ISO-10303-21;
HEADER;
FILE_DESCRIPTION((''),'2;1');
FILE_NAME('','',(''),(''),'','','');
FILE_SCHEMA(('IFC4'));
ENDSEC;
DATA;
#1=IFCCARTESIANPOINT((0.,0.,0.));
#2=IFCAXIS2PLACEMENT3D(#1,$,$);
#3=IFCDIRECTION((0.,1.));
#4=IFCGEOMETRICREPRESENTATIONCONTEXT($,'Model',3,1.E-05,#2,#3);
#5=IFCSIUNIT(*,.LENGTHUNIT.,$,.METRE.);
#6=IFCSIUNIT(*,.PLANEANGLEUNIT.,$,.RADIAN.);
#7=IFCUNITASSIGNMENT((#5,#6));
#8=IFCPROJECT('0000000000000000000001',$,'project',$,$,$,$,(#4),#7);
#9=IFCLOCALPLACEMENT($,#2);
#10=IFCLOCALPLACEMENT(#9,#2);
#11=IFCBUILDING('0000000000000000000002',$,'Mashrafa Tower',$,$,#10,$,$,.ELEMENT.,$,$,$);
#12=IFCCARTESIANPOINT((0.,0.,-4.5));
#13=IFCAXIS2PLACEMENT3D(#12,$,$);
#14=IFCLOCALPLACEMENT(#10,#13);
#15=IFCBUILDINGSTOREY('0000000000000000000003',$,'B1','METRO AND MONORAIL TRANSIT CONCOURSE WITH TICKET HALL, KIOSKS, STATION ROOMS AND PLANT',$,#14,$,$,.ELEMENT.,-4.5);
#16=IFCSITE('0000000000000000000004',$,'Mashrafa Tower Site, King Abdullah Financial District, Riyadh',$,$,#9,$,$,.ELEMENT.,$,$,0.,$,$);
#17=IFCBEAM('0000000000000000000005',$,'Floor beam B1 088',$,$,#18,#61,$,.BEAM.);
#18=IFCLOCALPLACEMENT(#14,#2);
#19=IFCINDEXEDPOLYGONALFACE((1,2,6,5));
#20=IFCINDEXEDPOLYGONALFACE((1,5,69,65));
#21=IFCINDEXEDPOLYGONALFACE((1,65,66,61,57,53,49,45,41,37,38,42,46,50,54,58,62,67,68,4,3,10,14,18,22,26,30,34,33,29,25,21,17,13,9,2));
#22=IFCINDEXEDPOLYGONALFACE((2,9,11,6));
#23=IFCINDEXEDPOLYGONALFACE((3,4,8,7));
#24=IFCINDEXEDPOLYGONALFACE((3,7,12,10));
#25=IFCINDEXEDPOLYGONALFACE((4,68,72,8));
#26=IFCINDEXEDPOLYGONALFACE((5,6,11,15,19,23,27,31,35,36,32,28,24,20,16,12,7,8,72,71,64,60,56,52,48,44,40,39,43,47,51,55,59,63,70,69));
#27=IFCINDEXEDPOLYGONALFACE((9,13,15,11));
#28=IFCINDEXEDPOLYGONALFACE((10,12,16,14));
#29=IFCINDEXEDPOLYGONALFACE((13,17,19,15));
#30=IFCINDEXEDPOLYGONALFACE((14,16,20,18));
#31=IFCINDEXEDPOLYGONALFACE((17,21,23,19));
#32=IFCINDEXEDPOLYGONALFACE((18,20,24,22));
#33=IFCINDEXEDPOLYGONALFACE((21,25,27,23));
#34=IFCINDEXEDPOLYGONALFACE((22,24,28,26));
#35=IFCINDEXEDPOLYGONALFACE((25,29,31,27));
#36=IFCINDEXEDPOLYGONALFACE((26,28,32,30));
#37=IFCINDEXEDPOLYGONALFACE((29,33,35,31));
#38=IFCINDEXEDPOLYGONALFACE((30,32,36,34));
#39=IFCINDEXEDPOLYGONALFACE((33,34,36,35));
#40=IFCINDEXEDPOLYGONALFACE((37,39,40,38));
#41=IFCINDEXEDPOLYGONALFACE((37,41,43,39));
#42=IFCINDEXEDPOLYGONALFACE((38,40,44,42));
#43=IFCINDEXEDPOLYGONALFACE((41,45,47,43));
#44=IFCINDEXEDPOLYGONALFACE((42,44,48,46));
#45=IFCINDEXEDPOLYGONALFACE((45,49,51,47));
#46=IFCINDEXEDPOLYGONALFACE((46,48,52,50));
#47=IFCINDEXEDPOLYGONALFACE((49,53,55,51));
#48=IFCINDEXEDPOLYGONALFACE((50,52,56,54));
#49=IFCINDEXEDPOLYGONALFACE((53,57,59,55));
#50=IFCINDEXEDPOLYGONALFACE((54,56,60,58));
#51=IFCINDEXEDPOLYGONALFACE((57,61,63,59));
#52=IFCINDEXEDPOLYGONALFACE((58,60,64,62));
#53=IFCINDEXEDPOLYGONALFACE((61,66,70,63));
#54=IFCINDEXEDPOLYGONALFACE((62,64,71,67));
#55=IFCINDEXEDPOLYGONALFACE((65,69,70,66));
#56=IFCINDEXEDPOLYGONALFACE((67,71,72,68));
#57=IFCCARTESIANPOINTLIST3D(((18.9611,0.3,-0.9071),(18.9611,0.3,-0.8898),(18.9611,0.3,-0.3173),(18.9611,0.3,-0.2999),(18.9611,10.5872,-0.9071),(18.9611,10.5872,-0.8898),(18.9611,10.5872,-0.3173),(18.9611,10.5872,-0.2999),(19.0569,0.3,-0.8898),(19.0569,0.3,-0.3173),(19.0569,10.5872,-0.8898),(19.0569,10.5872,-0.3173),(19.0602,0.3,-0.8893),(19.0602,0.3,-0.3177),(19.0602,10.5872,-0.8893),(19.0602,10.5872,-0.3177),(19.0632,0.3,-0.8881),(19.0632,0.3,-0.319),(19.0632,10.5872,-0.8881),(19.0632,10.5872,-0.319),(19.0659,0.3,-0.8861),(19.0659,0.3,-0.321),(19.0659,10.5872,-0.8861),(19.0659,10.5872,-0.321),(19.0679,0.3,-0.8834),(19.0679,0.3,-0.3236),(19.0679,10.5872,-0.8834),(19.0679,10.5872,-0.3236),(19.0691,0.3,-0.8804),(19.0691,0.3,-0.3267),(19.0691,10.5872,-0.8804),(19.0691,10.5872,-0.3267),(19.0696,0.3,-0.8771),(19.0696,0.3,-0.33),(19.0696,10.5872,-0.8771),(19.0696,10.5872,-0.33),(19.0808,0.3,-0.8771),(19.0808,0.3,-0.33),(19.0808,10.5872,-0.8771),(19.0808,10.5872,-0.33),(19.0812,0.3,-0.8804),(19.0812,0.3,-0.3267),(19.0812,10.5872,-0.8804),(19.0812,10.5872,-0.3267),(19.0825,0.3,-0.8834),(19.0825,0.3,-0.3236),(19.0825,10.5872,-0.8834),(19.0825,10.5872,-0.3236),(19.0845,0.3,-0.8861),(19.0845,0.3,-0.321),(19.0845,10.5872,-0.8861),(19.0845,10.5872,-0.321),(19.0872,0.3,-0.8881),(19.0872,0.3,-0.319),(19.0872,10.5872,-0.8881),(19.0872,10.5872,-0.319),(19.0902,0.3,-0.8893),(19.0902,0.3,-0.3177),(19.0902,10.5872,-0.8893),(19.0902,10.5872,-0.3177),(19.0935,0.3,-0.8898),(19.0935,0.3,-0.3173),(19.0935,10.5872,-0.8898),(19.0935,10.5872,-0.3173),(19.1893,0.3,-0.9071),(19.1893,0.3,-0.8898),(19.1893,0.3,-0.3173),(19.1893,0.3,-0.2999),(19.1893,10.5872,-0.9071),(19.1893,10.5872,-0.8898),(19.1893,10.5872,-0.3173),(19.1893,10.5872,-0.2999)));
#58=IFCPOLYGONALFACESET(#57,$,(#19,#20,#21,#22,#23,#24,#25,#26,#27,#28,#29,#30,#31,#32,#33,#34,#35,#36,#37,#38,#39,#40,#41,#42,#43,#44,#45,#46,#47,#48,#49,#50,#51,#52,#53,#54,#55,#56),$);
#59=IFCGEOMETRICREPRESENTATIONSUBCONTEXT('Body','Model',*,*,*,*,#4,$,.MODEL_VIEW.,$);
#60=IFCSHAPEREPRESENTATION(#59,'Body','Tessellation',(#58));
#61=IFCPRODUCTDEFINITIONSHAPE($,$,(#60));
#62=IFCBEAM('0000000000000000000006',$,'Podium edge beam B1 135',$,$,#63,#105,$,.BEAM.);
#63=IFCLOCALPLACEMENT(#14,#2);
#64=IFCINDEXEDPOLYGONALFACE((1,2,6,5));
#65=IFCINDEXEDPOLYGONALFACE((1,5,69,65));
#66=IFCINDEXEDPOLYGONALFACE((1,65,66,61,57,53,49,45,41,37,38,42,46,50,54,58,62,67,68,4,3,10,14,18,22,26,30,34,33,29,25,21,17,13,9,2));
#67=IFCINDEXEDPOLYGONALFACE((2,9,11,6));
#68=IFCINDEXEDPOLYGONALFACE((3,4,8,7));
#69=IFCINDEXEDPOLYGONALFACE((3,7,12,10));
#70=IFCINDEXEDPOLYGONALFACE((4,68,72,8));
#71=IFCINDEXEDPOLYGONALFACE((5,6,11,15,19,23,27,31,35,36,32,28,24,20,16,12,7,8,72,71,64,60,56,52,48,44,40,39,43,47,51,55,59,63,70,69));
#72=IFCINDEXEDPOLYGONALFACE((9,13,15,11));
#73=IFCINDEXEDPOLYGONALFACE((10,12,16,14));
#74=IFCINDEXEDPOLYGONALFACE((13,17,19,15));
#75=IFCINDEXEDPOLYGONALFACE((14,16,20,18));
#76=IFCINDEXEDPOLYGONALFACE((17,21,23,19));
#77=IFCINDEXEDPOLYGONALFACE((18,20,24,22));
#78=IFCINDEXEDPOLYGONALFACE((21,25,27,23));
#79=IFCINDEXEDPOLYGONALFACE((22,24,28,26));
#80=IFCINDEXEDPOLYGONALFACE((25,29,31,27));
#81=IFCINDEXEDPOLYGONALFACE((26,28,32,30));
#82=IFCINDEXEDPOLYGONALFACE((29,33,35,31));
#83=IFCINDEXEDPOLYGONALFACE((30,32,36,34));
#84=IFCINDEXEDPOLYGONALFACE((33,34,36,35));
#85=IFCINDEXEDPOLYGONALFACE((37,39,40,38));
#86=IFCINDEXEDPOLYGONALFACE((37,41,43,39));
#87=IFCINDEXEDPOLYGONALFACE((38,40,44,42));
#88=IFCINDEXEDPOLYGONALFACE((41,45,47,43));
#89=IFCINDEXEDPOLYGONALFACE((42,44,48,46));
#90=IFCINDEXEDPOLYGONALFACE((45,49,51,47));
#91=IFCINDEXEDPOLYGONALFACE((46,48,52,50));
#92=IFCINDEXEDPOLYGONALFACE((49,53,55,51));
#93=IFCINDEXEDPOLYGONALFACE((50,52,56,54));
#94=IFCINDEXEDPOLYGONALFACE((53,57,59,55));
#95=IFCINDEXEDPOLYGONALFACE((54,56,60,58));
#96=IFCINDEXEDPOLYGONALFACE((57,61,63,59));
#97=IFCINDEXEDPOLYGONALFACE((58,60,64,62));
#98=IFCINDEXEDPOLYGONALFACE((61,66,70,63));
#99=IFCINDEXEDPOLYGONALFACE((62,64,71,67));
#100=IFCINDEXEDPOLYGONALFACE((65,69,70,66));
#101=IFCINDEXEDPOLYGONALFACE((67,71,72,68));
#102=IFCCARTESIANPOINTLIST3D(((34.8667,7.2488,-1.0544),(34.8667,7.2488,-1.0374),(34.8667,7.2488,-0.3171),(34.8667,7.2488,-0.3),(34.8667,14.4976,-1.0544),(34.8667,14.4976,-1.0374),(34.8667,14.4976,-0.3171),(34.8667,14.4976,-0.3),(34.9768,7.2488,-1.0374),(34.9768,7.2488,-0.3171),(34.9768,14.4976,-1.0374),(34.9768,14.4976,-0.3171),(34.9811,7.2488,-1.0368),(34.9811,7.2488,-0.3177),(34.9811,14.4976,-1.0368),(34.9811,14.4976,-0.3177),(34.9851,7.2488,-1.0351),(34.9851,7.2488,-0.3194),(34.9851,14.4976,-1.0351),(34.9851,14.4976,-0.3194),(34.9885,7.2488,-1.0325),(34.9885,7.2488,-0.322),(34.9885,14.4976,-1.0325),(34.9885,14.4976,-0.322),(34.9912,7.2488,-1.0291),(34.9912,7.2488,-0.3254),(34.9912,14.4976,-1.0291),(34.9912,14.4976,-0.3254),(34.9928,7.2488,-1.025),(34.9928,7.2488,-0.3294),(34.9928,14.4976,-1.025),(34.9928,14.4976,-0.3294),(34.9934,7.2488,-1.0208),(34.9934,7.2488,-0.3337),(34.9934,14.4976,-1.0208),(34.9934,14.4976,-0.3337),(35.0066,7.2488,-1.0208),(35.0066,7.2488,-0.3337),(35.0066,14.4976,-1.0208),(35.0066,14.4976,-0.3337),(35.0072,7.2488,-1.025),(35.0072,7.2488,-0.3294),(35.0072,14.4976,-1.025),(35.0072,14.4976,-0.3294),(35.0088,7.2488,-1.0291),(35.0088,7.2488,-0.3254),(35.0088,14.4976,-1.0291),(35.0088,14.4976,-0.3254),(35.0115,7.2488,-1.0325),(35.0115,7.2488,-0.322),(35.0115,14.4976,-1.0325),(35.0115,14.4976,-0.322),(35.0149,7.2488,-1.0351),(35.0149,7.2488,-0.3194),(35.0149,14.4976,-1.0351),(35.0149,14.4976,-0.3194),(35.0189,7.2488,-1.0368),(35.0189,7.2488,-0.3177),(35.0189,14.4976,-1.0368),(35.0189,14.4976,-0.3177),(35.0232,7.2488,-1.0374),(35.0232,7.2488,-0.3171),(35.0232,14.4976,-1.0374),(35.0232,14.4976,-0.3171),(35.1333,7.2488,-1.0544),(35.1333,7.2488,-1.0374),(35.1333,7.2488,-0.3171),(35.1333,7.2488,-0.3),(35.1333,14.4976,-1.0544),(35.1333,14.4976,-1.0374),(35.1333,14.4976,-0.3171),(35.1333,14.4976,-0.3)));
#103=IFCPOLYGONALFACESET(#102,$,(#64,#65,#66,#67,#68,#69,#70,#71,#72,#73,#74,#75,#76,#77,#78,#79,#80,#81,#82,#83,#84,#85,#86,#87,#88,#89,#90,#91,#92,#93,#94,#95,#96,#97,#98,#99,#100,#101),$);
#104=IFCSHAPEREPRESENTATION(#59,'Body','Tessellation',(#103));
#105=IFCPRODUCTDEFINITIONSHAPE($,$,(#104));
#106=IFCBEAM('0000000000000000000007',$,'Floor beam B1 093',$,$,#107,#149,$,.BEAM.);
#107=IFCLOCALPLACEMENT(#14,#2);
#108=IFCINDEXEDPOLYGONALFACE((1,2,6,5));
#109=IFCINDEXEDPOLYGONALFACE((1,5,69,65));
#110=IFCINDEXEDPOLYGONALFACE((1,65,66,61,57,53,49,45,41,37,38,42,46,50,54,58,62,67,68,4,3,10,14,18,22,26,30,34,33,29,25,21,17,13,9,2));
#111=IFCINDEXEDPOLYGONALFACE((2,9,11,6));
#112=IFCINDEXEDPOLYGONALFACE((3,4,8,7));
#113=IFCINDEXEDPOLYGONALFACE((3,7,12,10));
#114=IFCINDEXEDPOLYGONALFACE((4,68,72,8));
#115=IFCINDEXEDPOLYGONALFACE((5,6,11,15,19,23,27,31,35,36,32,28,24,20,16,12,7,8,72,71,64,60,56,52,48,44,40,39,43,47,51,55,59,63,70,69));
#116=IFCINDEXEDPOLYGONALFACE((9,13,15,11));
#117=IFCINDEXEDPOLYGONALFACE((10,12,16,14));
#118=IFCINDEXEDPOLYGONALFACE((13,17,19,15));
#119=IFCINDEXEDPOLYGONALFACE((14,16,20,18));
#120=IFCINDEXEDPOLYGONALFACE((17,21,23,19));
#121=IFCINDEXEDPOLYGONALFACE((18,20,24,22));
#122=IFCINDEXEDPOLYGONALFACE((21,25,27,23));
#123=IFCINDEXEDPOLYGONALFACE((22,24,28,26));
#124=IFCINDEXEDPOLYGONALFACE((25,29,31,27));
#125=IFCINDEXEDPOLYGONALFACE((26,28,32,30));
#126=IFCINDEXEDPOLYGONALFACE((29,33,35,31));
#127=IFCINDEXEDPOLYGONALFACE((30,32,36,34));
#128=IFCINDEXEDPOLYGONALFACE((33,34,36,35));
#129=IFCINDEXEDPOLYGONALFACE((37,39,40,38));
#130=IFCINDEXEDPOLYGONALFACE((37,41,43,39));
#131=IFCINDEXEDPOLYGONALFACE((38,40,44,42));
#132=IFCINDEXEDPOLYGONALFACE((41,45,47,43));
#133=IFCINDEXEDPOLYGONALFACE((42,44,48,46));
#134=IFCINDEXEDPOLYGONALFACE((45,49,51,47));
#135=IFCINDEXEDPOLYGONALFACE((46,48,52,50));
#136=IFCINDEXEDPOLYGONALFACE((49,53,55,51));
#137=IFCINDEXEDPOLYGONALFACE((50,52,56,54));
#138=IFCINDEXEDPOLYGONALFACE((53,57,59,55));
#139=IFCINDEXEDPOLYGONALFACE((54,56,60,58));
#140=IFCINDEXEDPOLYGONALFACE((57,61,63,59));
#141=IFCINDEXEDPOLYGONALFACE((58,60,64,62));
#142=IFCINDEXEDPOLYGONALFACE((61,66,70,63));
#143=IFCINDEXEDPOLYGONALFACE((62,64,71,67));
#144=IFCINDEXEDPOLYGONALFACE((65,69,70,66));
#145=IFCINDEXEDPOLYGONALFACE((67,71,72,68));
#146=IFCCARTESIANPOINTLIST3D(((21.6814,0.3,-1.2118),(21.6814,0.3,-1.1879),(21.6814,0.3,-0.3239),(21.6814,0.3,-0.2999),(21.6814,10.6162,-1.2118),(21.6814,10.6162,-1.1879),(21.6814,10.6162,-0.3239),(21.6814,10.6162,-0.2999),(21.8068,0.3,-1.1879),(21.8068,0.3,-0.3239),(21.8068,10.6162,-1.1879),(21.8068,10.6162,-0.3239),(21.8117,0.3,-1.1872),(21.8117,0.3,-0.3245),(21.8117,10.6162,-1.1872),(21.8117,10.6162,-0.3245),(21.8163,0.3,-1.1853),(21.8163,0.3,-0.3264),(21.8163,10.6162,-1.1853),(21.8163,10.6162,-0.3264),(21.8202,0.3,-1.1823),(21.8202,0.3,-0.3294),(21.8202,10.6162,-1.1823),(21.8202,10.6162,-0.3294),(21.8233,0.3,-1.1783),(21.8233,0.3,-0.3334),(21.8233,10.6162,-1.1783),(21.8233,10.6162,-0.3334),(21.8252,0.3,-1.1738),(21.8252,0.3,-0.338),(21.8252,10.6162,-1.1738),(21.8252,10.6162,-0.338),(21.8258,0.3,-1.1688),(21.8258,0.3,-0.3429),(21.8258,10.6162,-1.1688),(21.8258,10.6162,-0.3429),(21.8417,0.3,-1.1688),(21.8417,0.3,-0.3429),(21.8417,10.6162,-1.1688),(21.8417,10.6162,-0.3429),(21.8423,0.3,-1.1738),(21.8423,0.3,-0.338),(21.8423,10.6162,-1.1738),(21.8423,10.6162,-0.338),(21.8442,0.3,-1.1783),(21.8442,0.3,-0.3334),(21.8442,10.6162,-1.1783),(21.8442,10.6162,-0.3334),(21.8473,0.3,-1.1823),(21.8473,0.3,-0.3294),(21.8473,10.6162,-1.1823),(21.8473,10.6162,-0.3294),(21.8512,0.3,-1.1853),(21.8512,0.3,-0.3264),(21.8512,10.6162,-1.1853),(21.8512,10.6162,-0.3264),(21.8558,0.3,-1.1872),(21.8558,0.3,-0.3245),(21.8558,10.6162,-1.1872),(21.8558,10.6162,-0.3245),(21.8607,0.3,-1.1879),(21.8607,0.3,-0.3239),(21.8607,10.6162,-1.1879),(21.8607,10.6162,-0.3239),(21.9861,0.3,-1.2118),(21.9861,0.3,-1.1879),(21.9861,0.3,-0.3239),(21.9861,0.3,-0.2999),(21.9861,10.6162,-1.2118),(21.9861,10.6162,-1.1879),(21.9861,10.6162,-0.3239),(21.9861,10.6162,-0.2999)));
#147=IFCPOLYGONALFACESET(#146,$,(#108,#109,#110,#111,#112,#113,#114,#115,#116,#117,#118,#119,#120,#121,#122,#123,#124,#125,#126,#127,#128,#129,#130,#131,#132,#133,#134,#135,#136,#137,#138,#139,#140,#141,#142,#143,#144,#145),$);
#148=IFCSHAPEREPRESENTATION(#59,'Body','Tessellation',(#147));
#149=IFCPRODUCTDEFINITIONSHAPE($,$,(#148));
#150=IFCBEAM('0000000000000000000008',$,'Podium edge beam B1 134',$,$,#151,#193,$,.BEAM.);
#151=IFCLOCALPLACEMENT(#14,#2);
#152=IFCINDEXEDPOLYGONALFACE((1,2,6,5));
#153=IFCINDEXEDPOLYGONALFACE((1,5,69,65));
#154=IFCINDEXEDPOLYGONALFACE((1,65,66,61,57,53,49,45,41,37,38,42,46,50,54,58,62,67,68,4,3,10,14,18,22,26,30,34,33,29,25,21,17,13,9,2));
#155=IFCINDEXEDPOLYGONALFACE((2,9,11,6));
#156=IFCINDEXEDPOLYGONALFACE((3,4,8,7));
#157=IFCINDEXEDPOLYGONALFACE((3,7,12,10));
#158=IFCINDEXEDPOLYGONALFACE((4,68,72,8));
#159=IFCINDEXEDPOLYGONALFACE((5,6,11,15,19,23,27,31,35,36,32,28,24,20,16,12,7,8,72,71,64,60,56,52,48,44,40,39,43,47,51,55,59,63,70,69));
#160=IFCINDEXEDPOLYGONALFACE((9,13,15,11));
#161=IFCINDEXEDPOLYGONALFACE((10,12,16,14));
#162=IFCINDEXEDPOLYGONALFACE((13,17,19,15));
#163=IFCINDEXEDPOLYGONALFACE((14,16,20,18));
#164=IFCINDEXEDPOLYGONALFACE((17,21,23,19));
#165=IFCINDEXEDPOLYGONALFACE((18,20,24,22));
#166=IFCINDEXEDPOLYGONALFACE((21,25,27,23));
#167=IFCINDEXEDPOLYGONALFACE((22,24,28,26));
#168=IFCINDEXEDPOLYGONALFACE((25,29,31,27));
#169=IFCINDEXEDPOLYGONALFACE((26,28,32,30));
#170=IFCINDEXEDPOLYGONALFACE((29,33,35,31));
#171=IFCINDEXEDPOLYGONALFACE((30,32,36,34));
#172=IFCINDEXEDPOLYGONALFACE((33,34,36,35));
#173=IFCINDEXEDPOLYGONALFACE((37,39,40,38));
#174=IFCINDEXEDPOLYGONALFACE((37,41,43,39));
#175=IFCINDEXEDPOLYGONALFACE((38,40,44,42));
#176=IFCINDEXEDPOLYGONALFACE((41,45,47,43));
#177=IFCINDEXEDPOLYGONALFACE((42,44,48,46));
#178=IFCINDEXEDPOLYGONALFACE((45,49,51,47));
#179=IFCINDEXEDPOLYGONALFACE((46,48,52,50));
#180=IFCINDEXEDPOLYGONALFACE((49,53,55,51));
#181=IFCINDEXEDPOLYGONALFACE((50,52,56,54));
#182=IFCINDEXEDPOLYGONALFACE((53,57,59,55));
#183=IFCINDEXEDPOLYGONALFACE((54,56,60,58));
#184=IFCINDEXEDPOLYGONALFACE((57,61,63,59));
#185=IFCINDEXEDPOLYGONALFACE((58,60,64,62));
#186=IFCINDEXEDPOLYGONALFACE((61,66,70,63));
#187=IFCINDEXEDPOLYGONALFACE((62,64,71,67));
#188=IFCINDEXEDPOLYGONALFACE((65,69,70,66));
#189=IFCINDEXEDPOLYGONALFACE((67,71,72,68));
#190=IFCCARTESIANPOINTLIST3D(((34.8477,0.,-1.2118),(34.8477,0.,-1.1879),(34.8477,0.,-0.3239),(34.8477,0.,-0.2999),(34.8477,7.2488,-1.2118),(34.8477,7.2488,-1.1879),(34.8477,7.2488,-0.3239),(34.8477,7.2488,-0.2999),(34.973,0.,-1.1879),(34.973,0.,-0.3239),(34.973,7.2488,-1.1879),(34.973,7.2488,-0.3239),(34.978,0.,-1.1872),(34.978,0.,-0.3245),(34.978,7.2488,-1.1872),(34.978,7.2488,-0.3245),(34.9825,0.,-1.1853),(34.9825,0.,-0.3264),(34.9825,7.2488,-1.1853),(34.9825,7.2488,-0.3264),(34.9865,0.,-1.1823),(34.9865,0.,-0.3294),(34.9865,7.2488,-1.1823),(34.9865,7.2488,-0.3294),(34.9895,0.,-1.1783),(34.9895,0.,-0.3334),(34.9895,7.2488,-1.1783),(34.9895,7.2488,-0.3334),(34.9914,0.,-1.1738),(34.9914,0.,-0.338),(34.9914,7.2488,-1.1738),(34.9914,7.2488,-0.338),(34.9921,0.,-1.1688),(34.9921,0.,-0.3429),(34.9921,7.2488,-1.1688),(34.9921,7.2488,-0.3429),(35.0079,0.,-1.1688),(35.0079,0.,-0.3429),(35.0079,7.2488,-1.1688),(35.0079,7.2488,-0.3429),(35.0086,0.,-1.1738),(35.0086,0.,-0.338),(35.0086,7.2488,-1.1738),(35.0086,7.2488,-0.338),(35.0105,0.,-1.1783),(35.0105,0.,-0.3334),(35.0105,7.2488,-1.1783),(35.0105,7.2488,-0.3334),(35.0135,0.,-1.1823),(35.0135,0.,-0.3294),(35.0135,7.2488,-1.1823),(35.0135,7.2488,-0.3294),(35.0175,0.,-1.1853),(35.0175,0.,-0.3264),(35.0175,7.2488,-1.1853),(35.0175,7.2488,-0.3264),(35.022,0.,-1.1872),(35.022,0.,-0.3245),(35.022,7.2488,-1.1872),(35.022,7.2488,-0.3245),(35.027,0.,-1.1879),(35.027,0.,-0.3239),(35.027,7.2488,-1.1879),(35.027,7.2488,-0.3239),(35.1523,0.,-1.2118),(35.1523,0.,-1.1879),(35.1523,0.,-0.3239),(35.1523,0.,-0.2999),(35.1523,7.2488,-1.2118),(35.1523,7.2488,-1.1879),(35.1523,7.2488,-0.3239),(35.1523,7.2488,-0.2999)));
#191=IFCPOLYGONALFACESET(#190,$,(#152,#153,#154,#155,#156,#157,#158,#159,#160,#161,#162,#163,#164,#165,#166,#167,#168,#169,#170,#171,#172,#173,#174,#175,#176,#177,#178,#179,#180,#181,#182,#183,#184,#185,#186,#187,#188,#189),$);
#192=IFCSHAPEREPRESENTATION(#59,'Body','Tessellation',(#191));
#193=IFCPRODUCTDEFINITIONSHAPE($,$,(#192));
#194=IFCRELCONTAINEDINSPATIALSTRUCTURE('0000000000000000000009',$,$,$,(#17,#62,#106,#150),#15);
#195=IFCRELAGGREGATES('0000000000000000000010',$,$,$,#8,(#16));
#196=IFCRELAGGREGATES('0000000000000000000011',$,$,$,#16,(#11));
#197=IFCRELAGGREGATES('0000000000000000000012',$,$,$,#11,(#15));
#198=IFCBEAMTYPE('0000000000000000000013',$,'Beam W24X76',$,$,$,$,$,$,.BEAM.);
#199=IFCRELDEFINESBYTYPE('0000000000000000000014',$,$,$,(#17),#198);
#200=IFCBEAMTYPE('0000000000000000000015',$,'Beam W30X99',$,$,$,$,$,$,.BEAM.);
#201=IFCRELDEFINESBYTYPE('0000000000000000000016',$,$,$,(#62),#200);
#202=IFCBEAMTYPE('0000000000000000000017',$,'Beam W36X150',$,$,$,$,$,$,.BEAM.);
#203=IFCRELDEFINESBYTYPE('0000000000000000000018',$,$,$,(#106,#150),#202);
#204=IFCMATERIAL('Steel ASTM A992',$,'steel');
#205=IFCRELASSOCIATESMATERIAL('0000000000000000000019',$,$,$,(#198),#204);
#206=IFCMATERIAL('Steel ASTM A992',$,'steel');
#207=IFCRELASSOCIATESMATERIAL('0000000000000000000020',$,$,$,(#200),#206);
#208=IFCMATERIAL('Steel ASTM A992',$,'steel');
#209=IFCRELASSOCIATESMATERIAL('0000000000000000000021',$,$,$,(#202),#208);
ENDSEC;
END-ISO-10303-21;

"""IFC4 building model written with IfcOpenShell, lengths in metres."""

from ifc_helpers import new_model, si_unit, direction, frame, origin, origin_2d, place, context, subcontext, project, spatial, i_section, extrude, material, material_profile, profile_set, type_object, element, save


model = new_model("IFC4")

# Units and contexts
model_context = context("Model", 3, precision=1e-05, world=origin(), true_north=direction((0.0, 1.0)))
body_context = subcontext(model_context, "Body", "Model", "MODEL_VIEW")
ifc_project = project(units=[si_unit("LENGTHUNIT", "METRE"), si_unit("PLANEANGLEUNIT", "RADIAN")], contexts=[model_context])

# Site, building, storey
site_placement = place(None, origin())
site = spatial("IfcSite", under=ifc_project, at=site_placement, Name="Mashrafa Tower Site, King Abdullah Financial District, Riyadh", CompositionType="ELEMENT", RefElevation=0.0)
building_placement = place(site_placement, origin())
building = spatial("IfcBuilding", under=site, at=building_placement, Name="Mashrafa Tower", CompositionType="ELEMENT")
storey_placement = place(building_placement, frame((0.0, 0.0, -4.5)))
storey = spatial("IfcBuildingStorey", under=building, at=storey_placement, Name="B1", Description="METRO AND MONORAIL TRANSIT CONCOURSE WITH TICKET HALL, KIOSKS, STATION ROOMS AND PLANT", CompositionType="ELEMENT", Elevation=-4.5)

# Beams
ifc_material_1 = material(Name="Steel ASTM A992", Category="steel")
ifc_material_profile_1 = material_profile(ifc_material_1, i_section(OverallWidth=0.2283, OverallDepth=0.6072, WebThickness=0.0112, FlangeThickness=0.0173, FilletRadius=0.0127, at=origin_2d()), Name="W24X76")
ifc_profile_set_1 = profile_set([ifc_material_profile_1], Name="Steel ASTM A992")
beam_type_1 = type_object("IfcBeamType", Name="Beam W24X76", PredefinedType="BEAM", material=ifc_profile_set_1)
beam_1_placement = place(storey_placement, frame((19.0752, 10.5872, -0.6035), z_axis=(0.0, -1.0, 0.0), x_axis=(1.0, 0.0, 0.0)))
element("IfcBeam", 1, at=beam_1_placement, inside=storey, type_object=beam_type_1, Name="Floor beam B1 088", PredefinedType="BEAM", context=body_context, shape_type="SweptSolid", body=[
    extrude(i_section(OverallWidth=0.2283, OverallDepth=0.6072, WebThickness=0.0112, FlangeThickness=0.0173, FilletRadius=0.0127, at=origin_2d()), origin(), (0.0, 0.0, 1.0), 10.2871),
])
ifc_material_2 = material(Name="Steel ASTM A992", Category="steel")
ifc_material_profile_2 = material_profile(ifc_material_2, i_section(OverallWidth=0.2666, OverallDepth=0.7544, WebThickness=0.0132, FlangeThickness=0.0171, FilletRadius=0.0166, at=origin_2d()), Name="W30X99")
ifc_profile_set_2 = profile_set([ifc_material_profile_2], Name="Steel ASTM A992")
beam_type_2 = type_object("IfcBeamType", Name="Beam W30X99", PredefinedType="BEAM", material=ifc_profile_set_2)
beam_2_placement = place(storey_placement, frame((35.0, 7.2488, -0.6772), z_axis=(0.0, 1.0, 0.0), x_axis=(-1.0, 0.0, 0.0)))
element("IfcBeam", 2, at=beam_2_placement, inside=storey, type_object=beam_type_2, Name="Podium edge beam B1 135", PredefinedType="BEAM", context=body_context, shape_type="SweptSolid", body=[
    extrude(i_section(OverallWidth=0.2666, OverallDepth=0.7544, WebThickness=0.0132, FlangeThickness=0.0171, FilletRadius=0.0166, at=origin_2d()), origin(), (0.0, 0.0, 1.0), 7.2488),
])
ifc_material_3 = material(Name="Steel ASTM A992", Category="steel")
ifc_material_profile_3 = material_profile(ifc_material_3, i_section(OverallWidth=0.3047, OverallDepth=0.9119, WebThickness=0.0159, FlangeThickness=0.0239, FilletRadius=0.019, at=origin_2d()), Name="W36X150")
ifc_profile_set_3 = profile_set([ifc_material_profile_3], Name="Steel ASTM A992")
beam_type_3 = type_object("IfcBeamType", Name="Beam W36X150", PredefinedType="BEAM", material=ifc_profile_set_3)
beam_3_placement = place(storey_placement, frame((21.8337, 10.6162, -0.7559), z_axis=(0.0, -1.0, 0.0), x_axis=(1.0, 0.0, 0.0)))
element("IfcBeam", 3, at=beam_3_placement, inside=storey, type_object=beam_type_3, Name="Floor beam B1 093", PredefinedType="BEAM", context=body_context, shape_type="SweptSolid", body=[
    extrude(i_section(OverallWidth=0.3047, OverallDepth=0.9119, WebThickness=0.0159, FlangeThickness=0.0239, FilletRadius=0.019, at=origin_2d()), origin(), (0.0, 0.0, 1.0), 10.3162),
])
beam_4_placement = place(storey_placement, frame((35.0, 0.0, -0.7559), z_axis=(0.0, 1.0, 0.0), x_axis=(-1.0, 0.0, 0.0)))
element("IfcBeam", 4, at=beam_4_placement, inside=storey, type_object=beam_type_3, Name="Podium edge beam B1 134", PredefinedType="BEAM", context=body_context, shape_type="SweptSolid", body=[
    extrude(i_section(OverallWidth=0.3047, OverallDepth=0.9119, WebThickness=0.0159, FlangeThickness=0.0239, FilletRadius=0.019, at=origin_2d()), origin(), (0.0, 0.0, 1.0), 7.2488),
])

save(model, "model.ifc")
